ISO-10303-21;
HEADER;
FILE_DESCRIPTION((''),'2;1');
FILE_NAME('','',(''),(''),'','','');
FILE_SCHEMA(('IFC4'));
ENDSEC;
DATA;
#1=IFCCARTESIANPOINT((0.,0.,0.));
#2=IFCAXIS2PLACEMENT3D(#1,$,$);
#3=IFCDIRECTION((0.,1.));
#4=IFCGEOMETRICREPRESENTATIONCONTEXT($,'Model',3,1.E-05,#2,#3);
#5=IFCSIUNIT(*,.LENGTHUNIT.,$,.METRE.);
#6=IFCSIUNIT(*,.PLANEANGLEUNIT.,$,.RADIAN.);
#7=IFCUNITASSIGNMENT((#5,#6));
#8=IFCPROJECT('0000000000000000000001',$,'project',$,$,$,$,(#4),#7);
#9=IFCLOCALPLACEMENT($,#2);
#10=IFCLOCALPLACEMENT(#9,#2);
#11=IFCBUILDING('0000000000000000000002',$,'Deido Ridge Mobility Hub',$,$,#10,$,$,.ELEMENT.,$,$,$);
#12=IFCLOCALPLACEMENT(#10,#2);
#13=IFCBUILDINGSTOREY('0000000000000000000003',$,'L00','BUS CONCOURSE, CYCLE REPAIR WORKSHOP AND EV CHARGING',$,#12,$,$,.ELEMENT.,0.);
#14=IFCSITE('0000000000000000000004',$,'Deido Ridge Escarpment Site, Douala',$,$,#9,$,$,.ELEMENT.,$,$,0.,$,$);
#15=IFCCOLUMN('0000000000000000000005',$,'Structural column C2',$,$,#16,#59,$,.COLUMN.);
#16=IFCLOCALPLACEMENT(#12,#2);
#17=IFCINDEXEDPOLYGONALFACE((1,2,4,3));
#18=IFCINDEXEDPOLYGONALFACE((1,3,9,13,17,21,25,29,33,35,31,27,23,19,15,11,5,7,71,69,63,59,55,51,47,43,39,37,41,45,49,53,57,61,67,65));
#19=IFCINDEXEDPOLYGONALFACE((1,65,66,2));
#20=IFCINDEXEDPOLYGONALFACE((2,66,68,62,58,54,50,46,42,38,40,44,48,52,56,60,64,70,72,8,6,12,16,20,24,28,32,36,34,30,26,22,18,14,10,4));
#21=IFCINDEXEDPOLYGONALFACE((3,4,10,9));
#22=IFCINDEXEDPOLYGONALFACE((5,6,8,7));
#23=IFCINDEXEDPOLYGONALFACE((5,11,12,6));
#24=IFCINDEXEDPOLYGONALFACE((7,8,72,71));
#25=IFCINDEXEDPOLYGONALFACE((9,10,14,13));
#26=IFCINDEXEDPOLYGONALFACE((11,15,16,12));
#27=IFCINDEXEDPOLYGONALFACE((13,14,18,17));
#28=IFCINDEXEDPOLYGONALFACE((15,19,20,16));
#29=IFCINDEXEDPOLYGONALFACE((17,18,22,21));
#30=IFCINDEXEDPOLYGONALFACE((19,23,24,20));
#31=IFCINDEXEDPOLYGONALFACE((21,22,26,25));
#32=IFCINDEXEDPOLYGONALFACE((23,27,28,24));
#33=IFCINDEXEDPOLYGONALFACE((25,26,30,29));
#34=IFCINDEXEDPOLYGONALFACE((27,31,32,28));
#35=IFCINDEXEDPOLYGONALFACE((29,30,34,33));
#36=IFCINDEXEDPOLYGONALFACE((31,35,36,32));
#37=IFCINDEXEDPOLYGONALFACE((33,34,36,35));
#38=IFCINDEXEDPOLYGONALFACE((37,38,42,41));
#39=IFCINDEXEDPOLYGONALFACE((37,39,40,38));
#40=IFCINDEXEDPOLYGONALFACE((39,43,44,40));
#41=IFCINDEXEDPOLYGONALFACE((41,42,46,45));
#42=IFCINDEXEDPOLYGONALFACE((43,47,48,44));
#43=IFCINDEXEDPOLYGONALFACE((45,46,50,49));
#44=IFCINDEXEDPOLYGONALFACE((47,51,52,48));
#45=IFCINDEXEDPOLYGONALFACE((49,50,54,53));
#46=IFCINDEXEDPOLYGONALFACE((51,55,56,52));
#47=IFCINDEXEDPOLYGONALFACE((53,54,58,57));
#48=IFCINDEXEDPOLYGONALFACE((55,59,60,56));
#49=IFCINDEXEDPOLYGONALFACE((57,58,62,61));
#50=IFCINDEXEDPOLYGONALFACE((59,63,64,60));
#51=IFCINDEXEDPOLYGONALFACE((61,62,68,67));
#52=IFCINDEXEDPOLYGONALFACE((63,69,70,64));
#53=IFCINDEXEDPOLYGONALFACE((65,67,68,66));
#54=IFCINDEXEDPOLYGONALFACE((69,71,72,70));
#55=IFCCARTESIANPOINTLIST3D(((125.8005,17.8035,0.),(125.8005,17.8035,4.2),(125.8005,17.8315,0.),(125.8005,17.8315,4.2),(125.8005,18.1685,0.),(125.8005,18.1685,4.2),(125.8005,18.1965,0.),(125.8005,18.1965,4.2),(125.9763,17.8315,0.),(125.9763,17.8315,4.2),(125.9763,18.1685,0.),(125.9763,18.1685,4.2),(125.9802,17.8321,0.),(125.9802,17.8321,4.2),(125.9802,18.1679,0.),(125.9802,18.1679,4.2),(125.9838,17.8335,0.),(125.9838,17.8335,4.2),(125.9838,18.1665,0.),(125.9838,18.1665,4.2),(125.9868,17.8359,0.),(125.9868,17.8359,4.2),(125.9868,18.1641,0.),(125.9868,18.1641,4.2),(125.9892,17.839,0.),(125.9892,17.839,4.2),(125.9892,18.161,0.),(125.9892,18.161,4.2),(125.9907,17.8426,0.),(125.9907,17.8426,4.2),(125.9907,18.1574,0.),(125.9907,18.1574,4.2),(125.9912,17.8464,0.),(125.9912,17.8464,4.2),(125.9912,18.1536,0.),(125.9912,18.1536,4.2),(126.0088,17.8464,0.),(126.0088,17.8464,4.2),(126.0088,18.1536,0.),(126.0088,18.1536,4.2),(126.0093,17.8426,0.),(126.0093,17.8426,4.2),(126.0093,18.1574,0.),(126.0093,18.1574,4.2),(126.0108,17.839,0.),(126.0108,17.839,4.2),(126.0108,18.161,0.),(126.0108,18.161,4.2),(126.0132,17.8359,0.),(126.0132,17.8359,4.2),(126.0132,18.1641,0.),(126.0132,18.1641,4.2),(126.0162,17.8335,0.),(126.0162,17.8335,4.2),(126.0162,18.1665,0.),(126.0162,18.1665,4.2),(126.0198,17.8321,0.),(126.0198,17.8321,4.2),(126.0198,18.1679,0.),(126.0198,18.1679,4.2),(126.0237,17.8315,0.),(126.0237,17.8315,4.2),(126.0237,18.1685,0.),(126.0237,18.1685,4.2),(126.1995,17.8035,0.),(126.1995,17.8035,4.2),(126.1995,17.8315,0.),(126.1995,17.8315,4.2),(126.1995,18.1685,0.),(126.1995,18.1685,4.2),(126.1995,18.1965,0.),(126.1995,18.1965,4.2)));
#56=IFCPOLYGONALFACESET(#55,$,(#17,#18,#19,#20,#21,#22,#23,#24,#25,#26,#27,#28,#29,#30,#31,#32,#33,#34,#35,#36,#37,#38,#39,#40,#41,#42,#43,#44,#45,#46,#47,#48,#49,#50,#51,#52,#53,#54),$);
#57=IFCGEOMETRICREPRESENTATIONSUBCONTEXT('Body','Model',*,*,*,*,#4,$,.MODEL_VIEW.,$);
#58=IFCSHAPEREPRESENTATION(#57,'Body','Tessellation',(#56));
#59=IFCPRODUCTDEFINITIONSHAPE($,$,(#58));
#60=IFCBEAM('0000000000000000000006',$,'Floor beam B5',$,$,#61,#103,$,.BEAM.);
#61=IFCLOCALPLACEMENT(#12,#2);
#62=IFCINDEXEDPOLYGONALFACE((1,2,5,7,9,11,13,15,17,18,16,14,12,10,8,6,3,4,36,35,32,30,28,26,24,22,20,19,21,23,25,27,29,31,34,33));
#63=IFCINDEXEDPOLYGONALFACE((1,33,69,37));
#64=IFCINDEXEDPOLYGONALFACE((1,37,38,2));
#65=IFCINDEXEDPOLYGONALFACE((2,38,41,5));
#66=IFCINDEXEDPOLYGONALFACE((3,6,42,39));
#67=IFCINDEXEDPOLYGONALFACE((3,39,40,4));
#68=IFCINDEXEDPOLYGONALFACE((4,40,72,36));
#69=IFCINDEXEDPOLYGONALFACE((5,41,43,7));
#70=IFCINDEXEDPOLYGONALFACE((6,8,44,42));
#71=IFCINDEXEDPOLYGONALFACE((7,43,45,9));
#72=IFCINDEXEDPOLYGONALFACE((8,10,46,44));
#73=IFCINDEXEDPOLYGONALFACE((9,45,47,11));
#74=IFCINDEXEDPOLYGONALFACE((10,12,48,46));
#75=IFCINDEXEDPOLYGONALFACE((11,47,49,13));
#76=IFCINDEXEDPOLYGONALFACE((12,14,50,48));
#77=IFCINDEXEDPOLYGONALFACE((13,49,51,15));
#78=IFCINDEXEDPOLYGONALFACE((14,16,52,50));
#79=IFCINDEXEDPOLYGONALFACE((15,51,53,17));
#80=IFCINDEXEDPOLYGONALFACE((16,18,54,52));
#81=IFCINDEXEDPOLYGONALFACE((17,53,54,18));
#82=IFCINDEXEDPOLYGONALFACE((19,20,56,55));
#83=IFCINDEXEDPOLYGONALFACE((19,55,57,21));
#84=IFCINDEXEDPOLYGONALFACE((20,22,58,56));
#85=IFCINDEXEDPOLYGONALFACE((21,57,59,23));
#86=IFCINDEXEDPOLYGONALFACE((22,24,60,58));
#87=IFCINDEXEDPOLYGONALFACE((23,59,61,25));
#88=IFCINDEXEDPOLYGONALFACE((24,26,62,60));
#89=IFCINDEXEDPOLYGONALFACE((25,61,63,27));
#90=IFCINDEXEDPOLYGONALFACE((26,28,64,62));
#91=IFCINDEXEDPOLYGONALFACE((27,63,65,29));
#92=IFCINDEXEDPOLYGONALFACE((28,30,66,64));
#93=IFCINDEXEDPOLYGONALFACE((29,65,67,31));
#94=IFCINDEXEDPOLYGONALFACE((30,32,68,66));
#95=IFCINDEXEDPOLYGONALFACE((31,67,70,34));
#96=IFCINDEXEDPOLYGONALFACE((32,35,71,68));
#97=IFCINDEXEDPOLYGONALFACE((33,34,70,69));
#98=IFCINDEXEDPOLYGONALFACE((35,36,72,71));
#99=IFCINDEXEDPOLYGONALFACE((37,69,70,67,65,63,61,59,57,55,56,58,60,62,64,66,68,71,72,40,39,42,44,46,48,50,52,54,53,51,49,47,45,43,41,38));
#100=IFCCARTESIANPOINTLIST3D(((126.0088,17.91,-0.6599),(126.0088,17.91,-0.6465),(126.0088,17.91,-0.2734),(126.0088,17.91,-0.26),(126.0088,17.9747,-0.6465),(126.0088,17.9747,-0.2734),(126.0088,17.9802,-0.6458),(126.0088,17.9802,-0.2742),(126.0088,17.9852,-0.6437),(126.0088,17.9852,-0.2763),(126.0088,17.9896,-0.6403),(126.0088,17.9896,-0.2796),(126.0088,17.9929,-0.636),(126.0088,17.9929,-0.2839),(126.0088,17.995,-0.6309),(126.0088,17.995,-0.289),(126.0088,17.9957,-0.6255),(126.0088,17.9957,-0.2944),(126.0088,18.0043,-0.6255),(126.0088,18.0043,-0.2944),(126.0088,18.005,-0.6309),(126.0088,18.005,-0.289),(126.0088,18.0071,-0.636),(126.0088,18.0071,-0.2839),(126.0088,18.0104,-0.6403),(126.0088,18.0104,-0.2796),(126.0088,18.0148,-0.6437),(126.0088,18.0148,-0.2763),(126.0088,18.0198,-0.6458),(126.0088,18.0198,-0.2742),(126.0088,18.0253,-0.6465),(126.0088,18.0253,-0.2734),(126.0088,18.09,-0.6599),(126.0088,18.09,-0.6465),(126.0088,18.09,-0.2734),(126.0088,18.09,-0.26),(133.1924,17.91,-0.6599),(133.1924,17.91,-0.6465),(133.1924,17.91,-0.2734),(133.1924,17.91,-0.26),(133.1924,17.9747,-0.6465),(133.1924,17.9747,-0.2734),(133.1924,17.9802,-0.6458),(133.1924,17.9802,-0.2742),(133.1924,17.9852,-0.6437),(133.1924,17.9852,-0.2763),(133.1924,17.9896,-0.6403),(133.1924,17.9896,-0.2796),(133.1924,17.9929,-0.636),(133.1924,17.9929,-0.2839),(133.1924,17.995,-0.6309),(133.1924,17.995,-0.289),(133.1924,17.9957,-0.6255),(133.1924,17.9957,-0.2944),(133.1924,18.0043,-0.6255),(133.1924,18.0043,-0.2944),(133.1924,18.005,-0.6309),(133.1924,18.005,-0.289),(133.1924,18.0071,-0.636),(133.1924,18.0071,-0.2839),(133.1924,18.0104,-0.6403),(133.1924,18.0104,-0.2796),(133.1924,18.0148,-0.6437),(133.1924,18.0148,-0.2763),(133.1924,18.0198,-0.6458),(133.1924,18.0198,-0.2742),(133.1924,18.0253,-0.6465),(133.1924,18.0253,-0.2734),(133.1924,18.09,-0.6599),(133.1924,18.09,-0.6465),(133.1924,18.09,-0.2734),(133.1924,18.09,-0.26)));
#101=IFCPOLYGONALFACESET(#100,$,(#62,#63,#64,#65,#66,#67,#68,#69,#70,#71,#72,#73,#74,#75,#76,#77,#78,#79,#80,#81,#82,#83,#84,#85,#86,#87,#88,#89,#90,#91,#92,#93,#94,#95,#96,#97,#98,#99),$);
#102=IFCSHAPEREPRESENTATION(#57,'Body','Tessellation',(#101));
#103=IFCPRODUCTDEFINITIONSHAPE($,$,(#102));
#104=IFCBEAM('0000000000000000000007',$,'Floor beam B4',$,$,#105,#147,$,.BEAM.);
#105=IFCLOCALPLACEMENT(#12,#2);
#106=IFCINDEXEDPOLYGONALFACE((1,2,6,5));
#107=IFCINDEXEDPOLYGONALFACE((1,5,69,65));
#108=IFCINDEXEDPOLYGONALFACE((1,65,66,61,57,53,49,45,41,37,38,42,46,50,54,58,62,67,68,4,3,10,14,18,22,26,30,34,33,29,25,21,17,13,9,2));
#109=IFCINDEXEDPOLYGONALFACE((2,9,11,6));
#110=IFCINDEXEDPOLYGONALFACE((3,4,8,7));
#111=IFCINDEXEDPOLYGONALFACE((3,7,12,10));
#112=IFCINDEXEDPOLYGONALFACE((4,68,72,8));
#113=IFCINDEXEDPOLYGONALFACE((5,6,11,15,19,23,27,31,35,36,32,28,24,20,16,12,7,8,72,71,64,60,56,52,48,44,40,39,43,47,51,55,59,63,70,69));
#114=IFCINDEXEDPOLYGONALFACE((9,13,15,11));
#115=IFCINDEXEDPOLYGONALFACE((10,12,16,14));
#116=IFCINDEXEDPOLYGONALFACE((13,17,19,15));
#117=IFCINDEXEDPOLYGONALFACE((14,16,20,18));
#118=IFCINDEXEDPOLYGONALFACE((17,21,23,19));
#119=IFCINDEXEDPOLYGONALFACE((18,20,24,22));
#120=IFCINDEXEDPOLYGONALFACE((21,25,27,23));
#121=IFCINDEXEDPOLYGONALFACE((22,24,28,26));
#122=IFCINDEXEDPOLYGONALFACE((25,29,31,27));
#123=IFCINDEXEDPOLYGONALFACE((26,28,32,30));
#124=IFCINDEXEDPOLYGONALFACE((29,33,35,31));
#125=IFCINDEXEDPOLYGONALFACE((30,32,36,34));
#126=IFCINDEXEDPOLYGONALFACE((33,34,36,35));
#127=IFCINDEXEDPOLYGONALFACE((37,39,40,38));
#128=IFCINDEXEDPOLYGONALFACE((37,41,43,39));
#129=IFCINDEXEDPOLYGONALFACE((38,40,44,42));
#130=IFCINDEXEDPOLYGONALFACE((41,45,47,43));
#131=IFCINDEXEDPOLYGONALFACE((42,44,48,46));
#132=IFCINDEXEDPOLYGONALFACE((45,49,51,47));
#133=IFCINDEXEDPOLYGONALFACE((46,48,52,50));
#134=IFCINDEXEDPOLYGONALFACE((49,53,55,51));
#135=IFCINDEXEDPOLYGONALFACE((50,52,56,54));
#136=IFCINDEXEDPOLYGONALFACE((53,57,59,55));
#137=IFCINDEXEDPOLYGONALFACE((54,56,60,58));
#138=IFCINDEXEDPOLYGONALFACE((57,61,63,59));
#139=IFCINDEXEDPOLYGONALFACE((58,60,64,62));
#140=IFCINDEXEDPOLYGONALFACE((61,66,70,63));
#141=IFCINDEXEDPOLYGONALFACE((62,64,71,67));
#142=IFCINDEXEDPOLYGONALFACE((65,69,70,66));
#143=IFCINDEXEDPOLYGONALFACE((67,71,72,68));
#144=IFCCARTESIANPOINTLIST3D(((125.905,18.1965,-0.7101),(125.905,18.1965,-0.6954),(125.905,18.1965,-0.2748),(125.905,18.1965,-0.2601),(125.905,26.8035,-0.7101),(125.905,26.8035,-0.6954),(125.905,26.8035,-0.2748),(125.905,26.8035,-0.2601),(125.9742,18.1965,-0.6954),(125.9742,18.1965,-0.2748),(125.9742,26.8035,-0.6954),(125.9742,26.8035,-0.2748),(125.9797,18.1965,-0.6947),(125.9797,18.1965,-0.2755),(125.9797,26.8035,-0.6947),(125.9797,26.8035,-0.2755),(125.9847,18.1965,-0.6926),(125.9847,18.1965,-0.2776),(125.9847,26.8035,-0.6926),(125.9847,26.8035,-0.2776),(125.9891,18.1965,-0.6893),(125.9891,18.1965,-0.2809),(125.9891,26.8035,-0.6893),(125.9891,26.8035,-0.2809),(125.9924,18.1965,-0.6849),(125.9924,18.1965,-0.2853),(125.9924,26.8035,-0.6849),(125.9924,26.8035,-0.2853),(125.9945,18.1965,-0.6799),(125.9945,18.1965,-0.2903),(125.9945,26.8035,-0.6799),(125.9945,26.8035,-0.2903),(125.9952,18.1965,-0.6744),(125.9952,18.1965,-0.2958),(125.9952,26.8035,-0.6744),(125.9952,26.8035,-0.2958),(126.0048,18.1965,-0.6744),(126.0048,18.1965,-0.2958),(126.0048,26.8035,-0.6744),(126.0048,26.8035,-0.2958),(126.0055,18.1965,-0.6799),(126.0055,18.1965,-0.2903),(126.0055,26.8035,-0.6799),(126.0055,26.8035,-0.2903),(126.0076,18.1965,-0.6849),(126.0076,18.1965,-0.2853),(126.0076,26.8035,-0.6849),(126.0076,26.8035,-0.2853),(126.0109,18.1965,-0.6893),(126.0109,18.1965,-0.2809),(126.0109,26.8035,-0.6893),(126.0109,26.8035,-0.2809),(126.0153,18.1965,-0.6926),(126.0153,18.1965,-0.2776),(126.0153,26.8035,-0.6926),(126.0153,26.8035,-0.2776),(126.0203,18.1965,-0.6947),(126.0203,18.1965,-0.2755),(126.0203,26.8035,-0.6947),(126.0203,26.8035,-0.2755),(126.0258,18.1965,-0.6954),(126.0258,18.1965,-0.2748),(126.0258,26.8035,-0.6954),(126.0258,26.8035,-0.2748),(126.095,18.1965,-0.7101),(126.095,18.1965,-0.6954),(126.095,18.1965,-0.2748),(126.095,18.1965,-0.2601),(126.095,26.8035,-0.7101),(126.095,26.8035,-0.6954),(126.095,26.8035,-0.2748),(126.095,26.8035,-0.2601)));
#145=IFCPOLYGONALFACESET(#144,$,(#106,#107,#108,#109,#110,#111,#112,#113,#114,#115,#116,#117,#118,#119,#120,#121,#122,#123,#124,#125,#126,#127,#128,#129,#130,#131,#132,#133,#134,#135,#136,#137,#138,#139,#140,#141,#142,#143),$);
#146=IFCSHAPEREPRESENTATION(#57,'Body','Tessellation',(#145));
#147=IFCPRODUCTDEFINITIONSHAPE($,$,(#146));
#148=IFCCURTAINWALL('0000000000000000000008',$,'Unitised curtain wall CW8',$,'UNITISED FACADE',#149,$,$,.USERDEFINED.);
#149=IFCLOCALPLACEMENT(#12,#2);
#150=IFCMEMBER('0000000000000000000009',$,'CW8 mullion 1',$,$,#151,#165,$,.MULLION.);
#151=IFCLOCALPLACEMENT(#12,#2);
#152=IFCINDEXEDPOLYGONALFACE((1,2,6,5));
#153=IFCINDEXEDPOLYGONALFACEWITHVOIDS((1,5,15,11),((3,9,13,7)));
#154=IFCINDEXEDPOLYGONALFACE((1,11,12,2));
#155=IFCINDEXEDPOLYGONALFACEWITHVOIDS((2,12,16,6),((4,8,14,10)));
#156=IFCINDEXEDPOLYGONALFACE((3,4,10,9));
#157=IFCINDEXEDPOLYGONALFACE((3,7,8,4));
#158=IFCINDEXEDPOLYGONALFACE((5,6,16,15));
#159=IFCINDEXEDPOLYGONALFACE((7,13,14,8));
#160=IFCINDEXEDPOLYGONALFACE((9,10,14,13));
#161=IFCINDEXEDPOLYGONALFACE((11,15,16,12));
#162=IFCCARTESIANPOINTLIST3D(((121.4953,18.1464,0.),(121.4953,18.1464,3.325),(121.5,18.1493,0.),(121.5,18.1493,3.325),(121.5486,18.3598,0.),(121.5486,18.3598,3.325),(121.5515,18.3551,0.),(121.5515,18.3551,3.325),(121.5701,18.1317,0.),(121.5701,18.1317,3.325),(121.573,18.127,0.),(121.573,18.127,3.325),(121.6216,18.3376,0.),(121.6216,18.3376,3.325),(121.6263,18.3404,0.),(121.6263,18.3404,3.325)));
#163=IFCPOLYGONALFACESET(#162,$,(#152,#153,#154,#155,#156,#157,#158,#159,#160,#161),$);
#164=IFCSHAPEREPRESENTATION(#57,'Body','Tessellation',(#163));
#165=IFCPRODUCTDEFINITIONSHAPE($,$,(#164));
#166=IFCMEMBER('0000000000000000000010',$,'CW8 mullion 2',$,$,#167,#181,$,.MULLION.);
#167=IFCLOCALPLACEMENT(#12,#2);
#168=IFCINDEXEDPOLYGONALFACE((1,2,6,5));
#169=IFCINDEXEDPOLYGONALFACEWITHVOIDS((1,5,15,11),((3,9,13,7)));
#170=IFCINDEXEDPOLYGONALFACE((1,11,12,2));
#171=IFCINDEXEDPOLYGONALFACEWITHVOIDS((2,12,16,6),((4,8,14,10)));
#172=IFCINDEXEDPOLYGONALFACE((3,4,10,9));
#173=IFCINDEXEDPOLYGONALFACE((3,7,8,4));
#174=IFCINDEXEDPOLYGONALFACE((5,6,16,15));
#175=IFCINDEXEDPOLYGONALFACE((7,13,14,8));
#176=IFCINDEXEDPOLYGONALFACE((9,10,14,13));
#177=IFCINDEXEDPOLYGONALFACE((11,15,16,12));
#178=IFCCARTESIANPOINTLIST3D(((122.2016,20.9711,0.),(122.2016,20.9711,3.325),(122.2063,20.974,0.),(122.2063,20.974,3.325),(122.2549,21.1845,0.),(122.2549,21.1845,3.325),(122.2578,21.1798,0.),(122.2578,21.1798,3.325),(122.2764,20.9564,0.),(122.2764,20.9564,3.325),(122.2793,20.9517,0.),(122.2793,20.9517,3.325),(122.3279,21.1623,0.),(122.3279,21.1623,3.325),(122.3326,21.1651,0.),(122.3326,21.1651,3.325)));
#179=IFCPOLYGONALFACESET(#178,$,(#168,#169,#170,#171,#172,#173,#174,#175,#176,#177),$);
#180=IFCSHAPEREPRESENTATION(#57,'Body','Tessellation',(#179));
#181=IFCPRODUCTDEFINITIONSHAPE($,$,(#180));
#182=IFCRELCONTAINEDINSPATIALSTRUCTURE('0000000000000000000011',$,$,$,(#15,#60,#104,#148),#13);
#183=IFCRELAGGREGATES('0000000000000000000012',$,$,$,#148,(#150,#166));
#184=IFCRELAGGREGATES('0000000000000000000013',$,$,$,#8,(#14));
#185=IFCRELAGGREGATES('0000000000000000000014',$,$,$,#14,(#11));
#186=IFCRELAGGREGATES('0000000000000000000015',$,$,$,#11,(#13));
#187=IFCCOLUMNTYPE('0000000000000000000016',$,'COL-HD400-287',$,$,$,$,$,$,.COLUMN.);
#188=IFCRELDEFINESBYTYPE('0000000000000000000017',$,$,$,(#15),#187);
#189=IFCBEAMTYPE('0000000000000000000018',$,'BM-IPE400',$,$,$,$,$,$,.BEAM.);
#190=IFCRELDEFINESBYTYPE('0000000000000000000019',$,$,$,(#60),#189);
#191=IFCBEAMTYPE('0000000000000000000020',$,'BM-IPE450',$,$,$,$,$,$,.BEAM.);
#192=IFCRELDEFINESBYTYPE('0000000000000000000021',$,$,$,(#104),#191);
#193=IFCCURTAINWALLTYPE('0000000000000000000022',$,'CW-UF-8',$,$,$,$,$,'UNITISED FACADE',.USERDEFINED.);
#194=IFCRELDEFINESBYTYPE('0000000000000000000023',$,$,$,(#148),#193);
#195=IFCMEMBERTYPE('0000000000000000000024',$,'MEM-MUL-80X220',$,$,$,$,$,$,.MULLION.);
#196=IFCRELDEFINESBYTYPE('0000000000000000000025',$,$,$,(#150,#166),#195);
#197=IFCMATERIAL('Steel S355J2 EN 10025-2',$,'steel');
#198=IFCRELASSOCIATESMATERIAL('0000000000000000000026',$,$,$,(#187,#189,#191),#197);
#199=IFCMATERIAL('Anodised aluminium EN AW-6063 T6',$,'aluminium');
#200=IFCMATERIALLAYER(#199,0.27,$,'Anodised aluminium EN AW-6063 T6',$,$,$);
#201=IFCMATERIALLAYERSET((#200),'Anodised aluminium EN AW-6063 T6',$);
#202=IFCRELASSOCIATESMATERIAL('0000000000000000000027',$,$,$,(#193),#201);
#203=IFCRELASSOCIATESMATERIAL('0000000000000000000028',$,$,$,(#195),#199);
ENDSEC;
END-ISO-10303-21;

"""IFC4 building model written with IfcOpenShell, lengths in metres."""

from ifc_helpers import new_model, si_unit, direction, frame, origin, origin_2d, place, context, subcontext, project, spatial, hollow_rectangle, i_section, extrude, material, layer, layer_set, material_profile, profile_set, type_object, element, aggregate, save


model = new_model("IFC4")

# Units and contexts
model_context = context("Model", 3, precision=1e-05, world=origin(), true_north=direction((0.0, 1.0)))
body_context = subcontext(model_context, "Body", "Model", "MODEL_VIEW")
ifc_project = project(units=[si_unit("LENGTHUNIT", "METRE"), si_unit("PLANEANGLEUNIT", "RADIAN")], contexts=[model_context])

# Site, building, storey
site_placement = place(None, origin())
site = spatial("IfcSite", under=ifc_project, at=site_placement, Name="Deido Ridge Escarpment Site, Douala", CompositionType="ELEMENT", RefElevation=0.0)
building_placement = place(site_placement, origin())
building = spatial("IfcBuilding", under=site, at=building_placement, Name="Deido Ridge Mobility Hub", CompositionType="ELEMENT")
storey_placement = place(building_placement, origin())
storey = spatial("IfcBuildingStorey", under=building, at=storey_placement, Name="L00", Description="BUS CONCOURSE, CYCLE REPAIR WORKSHOP AND EV CHARGING", CompositionType="ELEMENT", Elevation=0.0)

# Column
ifc_material_1 = material(Name="Steel S355J2 EN 10025-2", Category="steel")
ifc_material_profile_1 = material_profile(ifc_material_1, i_section(OverallWidth=0.3989, OverallDepth=0.3931, WebThickness=0.0176, FlangeThickness=0.0281, FilletRadius=0.0149, at=origin_2d()), Name="HD 400x287")
ifc_profile_set_1 = profile_set([ifc_material_profile_1], Name="Steel S355J2 EN 10025-2")
column_type = type_object("IfcColumnType", Name="COL-HD400-287", PredefinedType="COLUMN", material=ifc_profile_set_1)
column_placement = place(storey_placement, frame((126.0, 18.0, 0.0), z_axis=(0.0, 0.0, 1.0), x_axis=(1.0, 0.0, 0.0)))
element("IfcColumn", 1, at=column_placement, inside=storey, type_object=column_type, Name="Structural column C2", PredefinedType="COLUMN", context=body_context, shape_type="SweptSolid", body=[
    extrude(i_section(OverallWidth=0.3989, OverallDepth=0.3931, WebThickness=0.0176, FlangeThickness=0.0281, FilletRadius=0.0149, at=origin_2d()), origin(), (0.0, 0.0, 1.0), 4.2),
])

# Beams
ifc_material_profile_2 = material_profile(ifc_material_1, i_section(OverallWidth=0.1799, OverallDepth=0.3999, WebThickness=0.0085, FlangeThickness=0.0134, FilletRadius=0.021, at=origin_2d()), Name="IPE 400")
ifc_profile_set_2 = profile_set([ifc_material_profile_2], Name="Steel S355J2 EN 10025-2")
beam_type_1 = type_object("IfcBeamType", Name="BM-IPE400", PredefinedType="BEAM", material=ifc_profile_set_2)
beam_1_placement = place(storey_placement, frame((126.0088, 18.0, -0.46), z_axis=(1.0, 0.0, 0.0), x_axis=(0.0, 1.0, 0.0)))
element("IfcBeam", 2, at=beam_1_placement, inside=storey, type_object=beam_type_1, Name="Floor beam B5", PredefinedType="BEAM", context=body_context, shape_type="SweptSolid", body=[
    extrude(i_section(OverallWidth=0.1799, OverallDepth=0.3999, WebThickness=0.0085, FlangeThickness=0.0134, FilletRadius=0.021, at=origin_2d()), origin(), (0.0, 0.0, 1.0), 7.1836),
])
ifc_material_profile_3 = material_profile(ifc_material_1, i_section(OverallWidth=0.1899, OverallDepth=0.45, WebThickness=0.0095, FlangeThickness=0.0146, FilletRadius=0.021, at=origin_2d()), Name="IPE 450")
ifc_profile_set_3 = profile_set([ifc_material_profile_3], Name="Steel S355J2 EN 10025-2")
beam_type_2 = type_object("IfcBeamType", Name="BM-IPE450", PredefinedType="BEAM", material=ifc_profile_set_3)
beam_2_placement = place(storey_placement, frame((126.0, 18.1965, -0.4851), z_axis=(0.0, 1.0, 0.0), x_axis=(-1.0, 0.0, 0.0)))
element("IfcBeam", 3, at=beam_2_placement, inside=storey, type_object=beam_type_2, Name="Floor beam B4", PredefinedType="BEAM", context=body_context, shape_type="SweptSolid", body=[
    extrude(i_section(OverallWidth=0.1899, OverallDepth=0.45, WebThickness=0.0095, FlangeThickness=0.0146, FilletRadius=0.021, at=origin_2d()), origin(), (0.0, 0.0, 1.0), 8.6069),
])

# Curtain wall, members
ifc_material_2 = material(Name="Anodised aluminium EN AW-6063 T6", Category="aluminium")
ifc_layer_1 = layer(ifc_material_2, 0.27, Name="Anodised aluminium EN AW-6063 T6")
ifc_layer_set_1 = layer_set([ifc_layer_1], Name="Anodised aluminium EN AW-6063 T6")
curtain_wall_type = type_object("IfcCurtainWallType", Name="CW-UF-8", ElementType="UNITISED FACADE", PredefinedType="USERDEFINED", material=ifc_layer_set_1)
curtain_wall_placement = place(storey_placement, origin())
curtain_wall = element("IfcCurtainWall", 4, at=curtain_wall_placement, inside=storey, type_object=curtain_wall_type, Name="Unitised curtain wall CW8", ObjectType="UNITISED FACADE", PredefinedType="USERDEFINED")
ifc_material_profile_4 = material_profile(ifc_material_2, hollow_rectangle(XDim=0.0801, YDim=0.22, WallThickness=0.0039, at=origin_2d()), Name="RHS 80x220x4")
ifc_profile_set_4 = profile_set([ifc_material_profile_4], Name="Anodised aluminium EN AW-6063 T6")
member_type_1 = type_object("IfcMemberType", Name="MEM-MUL-80X220", PredefinedType="MULLION", material=ifc_profile_set_4)
member_1_placement = place(storey_placement, frame((121.5608, 18.2434, 0.0), z_axis=(0.0, 0.0, 1.0), x_axis=(-0.970144, 0.24253, 0.0)))
member_1 = element("IfcMember", 5, at=member_1_placement, type_object=member_type_1, Name="CW8 mullion 1", PredefinedType="MULLION", context=body_context, shape_type="SweptSolid", body=[
    extrude(hollow_rectangle(XDim=0.0801, YDim=0.22, WallThickness=0.0039, at=origin_2d()), origin(), (0.0, 0.0, 1.0), 3.325),
])
member_2_placement = place(storey_placement, frame((122.2671, 21.0681, 0.0), z_axis=(0.0, 0.0, 1.0), x_axis=(-0.970144, 0.24253, 0.0)))
member_2 = element("IfcMember", 6, at=member_2_placement, type_object=member_type_1, Name="CW8 mullion 2", PredefinedType="MULLION", context=body_context, shape_type="SweptSolid", body=[
    extrude(hollow_rectangle(XDim=0.0801, YDim=0.22, WallThickness=0.0039, at=origin_2d()), origin(), (0.0, 0.0, 1.0), 3.325),
])
aggregate(curtain_wall, [member_1, member_2])

save(model, "model.ifc")
